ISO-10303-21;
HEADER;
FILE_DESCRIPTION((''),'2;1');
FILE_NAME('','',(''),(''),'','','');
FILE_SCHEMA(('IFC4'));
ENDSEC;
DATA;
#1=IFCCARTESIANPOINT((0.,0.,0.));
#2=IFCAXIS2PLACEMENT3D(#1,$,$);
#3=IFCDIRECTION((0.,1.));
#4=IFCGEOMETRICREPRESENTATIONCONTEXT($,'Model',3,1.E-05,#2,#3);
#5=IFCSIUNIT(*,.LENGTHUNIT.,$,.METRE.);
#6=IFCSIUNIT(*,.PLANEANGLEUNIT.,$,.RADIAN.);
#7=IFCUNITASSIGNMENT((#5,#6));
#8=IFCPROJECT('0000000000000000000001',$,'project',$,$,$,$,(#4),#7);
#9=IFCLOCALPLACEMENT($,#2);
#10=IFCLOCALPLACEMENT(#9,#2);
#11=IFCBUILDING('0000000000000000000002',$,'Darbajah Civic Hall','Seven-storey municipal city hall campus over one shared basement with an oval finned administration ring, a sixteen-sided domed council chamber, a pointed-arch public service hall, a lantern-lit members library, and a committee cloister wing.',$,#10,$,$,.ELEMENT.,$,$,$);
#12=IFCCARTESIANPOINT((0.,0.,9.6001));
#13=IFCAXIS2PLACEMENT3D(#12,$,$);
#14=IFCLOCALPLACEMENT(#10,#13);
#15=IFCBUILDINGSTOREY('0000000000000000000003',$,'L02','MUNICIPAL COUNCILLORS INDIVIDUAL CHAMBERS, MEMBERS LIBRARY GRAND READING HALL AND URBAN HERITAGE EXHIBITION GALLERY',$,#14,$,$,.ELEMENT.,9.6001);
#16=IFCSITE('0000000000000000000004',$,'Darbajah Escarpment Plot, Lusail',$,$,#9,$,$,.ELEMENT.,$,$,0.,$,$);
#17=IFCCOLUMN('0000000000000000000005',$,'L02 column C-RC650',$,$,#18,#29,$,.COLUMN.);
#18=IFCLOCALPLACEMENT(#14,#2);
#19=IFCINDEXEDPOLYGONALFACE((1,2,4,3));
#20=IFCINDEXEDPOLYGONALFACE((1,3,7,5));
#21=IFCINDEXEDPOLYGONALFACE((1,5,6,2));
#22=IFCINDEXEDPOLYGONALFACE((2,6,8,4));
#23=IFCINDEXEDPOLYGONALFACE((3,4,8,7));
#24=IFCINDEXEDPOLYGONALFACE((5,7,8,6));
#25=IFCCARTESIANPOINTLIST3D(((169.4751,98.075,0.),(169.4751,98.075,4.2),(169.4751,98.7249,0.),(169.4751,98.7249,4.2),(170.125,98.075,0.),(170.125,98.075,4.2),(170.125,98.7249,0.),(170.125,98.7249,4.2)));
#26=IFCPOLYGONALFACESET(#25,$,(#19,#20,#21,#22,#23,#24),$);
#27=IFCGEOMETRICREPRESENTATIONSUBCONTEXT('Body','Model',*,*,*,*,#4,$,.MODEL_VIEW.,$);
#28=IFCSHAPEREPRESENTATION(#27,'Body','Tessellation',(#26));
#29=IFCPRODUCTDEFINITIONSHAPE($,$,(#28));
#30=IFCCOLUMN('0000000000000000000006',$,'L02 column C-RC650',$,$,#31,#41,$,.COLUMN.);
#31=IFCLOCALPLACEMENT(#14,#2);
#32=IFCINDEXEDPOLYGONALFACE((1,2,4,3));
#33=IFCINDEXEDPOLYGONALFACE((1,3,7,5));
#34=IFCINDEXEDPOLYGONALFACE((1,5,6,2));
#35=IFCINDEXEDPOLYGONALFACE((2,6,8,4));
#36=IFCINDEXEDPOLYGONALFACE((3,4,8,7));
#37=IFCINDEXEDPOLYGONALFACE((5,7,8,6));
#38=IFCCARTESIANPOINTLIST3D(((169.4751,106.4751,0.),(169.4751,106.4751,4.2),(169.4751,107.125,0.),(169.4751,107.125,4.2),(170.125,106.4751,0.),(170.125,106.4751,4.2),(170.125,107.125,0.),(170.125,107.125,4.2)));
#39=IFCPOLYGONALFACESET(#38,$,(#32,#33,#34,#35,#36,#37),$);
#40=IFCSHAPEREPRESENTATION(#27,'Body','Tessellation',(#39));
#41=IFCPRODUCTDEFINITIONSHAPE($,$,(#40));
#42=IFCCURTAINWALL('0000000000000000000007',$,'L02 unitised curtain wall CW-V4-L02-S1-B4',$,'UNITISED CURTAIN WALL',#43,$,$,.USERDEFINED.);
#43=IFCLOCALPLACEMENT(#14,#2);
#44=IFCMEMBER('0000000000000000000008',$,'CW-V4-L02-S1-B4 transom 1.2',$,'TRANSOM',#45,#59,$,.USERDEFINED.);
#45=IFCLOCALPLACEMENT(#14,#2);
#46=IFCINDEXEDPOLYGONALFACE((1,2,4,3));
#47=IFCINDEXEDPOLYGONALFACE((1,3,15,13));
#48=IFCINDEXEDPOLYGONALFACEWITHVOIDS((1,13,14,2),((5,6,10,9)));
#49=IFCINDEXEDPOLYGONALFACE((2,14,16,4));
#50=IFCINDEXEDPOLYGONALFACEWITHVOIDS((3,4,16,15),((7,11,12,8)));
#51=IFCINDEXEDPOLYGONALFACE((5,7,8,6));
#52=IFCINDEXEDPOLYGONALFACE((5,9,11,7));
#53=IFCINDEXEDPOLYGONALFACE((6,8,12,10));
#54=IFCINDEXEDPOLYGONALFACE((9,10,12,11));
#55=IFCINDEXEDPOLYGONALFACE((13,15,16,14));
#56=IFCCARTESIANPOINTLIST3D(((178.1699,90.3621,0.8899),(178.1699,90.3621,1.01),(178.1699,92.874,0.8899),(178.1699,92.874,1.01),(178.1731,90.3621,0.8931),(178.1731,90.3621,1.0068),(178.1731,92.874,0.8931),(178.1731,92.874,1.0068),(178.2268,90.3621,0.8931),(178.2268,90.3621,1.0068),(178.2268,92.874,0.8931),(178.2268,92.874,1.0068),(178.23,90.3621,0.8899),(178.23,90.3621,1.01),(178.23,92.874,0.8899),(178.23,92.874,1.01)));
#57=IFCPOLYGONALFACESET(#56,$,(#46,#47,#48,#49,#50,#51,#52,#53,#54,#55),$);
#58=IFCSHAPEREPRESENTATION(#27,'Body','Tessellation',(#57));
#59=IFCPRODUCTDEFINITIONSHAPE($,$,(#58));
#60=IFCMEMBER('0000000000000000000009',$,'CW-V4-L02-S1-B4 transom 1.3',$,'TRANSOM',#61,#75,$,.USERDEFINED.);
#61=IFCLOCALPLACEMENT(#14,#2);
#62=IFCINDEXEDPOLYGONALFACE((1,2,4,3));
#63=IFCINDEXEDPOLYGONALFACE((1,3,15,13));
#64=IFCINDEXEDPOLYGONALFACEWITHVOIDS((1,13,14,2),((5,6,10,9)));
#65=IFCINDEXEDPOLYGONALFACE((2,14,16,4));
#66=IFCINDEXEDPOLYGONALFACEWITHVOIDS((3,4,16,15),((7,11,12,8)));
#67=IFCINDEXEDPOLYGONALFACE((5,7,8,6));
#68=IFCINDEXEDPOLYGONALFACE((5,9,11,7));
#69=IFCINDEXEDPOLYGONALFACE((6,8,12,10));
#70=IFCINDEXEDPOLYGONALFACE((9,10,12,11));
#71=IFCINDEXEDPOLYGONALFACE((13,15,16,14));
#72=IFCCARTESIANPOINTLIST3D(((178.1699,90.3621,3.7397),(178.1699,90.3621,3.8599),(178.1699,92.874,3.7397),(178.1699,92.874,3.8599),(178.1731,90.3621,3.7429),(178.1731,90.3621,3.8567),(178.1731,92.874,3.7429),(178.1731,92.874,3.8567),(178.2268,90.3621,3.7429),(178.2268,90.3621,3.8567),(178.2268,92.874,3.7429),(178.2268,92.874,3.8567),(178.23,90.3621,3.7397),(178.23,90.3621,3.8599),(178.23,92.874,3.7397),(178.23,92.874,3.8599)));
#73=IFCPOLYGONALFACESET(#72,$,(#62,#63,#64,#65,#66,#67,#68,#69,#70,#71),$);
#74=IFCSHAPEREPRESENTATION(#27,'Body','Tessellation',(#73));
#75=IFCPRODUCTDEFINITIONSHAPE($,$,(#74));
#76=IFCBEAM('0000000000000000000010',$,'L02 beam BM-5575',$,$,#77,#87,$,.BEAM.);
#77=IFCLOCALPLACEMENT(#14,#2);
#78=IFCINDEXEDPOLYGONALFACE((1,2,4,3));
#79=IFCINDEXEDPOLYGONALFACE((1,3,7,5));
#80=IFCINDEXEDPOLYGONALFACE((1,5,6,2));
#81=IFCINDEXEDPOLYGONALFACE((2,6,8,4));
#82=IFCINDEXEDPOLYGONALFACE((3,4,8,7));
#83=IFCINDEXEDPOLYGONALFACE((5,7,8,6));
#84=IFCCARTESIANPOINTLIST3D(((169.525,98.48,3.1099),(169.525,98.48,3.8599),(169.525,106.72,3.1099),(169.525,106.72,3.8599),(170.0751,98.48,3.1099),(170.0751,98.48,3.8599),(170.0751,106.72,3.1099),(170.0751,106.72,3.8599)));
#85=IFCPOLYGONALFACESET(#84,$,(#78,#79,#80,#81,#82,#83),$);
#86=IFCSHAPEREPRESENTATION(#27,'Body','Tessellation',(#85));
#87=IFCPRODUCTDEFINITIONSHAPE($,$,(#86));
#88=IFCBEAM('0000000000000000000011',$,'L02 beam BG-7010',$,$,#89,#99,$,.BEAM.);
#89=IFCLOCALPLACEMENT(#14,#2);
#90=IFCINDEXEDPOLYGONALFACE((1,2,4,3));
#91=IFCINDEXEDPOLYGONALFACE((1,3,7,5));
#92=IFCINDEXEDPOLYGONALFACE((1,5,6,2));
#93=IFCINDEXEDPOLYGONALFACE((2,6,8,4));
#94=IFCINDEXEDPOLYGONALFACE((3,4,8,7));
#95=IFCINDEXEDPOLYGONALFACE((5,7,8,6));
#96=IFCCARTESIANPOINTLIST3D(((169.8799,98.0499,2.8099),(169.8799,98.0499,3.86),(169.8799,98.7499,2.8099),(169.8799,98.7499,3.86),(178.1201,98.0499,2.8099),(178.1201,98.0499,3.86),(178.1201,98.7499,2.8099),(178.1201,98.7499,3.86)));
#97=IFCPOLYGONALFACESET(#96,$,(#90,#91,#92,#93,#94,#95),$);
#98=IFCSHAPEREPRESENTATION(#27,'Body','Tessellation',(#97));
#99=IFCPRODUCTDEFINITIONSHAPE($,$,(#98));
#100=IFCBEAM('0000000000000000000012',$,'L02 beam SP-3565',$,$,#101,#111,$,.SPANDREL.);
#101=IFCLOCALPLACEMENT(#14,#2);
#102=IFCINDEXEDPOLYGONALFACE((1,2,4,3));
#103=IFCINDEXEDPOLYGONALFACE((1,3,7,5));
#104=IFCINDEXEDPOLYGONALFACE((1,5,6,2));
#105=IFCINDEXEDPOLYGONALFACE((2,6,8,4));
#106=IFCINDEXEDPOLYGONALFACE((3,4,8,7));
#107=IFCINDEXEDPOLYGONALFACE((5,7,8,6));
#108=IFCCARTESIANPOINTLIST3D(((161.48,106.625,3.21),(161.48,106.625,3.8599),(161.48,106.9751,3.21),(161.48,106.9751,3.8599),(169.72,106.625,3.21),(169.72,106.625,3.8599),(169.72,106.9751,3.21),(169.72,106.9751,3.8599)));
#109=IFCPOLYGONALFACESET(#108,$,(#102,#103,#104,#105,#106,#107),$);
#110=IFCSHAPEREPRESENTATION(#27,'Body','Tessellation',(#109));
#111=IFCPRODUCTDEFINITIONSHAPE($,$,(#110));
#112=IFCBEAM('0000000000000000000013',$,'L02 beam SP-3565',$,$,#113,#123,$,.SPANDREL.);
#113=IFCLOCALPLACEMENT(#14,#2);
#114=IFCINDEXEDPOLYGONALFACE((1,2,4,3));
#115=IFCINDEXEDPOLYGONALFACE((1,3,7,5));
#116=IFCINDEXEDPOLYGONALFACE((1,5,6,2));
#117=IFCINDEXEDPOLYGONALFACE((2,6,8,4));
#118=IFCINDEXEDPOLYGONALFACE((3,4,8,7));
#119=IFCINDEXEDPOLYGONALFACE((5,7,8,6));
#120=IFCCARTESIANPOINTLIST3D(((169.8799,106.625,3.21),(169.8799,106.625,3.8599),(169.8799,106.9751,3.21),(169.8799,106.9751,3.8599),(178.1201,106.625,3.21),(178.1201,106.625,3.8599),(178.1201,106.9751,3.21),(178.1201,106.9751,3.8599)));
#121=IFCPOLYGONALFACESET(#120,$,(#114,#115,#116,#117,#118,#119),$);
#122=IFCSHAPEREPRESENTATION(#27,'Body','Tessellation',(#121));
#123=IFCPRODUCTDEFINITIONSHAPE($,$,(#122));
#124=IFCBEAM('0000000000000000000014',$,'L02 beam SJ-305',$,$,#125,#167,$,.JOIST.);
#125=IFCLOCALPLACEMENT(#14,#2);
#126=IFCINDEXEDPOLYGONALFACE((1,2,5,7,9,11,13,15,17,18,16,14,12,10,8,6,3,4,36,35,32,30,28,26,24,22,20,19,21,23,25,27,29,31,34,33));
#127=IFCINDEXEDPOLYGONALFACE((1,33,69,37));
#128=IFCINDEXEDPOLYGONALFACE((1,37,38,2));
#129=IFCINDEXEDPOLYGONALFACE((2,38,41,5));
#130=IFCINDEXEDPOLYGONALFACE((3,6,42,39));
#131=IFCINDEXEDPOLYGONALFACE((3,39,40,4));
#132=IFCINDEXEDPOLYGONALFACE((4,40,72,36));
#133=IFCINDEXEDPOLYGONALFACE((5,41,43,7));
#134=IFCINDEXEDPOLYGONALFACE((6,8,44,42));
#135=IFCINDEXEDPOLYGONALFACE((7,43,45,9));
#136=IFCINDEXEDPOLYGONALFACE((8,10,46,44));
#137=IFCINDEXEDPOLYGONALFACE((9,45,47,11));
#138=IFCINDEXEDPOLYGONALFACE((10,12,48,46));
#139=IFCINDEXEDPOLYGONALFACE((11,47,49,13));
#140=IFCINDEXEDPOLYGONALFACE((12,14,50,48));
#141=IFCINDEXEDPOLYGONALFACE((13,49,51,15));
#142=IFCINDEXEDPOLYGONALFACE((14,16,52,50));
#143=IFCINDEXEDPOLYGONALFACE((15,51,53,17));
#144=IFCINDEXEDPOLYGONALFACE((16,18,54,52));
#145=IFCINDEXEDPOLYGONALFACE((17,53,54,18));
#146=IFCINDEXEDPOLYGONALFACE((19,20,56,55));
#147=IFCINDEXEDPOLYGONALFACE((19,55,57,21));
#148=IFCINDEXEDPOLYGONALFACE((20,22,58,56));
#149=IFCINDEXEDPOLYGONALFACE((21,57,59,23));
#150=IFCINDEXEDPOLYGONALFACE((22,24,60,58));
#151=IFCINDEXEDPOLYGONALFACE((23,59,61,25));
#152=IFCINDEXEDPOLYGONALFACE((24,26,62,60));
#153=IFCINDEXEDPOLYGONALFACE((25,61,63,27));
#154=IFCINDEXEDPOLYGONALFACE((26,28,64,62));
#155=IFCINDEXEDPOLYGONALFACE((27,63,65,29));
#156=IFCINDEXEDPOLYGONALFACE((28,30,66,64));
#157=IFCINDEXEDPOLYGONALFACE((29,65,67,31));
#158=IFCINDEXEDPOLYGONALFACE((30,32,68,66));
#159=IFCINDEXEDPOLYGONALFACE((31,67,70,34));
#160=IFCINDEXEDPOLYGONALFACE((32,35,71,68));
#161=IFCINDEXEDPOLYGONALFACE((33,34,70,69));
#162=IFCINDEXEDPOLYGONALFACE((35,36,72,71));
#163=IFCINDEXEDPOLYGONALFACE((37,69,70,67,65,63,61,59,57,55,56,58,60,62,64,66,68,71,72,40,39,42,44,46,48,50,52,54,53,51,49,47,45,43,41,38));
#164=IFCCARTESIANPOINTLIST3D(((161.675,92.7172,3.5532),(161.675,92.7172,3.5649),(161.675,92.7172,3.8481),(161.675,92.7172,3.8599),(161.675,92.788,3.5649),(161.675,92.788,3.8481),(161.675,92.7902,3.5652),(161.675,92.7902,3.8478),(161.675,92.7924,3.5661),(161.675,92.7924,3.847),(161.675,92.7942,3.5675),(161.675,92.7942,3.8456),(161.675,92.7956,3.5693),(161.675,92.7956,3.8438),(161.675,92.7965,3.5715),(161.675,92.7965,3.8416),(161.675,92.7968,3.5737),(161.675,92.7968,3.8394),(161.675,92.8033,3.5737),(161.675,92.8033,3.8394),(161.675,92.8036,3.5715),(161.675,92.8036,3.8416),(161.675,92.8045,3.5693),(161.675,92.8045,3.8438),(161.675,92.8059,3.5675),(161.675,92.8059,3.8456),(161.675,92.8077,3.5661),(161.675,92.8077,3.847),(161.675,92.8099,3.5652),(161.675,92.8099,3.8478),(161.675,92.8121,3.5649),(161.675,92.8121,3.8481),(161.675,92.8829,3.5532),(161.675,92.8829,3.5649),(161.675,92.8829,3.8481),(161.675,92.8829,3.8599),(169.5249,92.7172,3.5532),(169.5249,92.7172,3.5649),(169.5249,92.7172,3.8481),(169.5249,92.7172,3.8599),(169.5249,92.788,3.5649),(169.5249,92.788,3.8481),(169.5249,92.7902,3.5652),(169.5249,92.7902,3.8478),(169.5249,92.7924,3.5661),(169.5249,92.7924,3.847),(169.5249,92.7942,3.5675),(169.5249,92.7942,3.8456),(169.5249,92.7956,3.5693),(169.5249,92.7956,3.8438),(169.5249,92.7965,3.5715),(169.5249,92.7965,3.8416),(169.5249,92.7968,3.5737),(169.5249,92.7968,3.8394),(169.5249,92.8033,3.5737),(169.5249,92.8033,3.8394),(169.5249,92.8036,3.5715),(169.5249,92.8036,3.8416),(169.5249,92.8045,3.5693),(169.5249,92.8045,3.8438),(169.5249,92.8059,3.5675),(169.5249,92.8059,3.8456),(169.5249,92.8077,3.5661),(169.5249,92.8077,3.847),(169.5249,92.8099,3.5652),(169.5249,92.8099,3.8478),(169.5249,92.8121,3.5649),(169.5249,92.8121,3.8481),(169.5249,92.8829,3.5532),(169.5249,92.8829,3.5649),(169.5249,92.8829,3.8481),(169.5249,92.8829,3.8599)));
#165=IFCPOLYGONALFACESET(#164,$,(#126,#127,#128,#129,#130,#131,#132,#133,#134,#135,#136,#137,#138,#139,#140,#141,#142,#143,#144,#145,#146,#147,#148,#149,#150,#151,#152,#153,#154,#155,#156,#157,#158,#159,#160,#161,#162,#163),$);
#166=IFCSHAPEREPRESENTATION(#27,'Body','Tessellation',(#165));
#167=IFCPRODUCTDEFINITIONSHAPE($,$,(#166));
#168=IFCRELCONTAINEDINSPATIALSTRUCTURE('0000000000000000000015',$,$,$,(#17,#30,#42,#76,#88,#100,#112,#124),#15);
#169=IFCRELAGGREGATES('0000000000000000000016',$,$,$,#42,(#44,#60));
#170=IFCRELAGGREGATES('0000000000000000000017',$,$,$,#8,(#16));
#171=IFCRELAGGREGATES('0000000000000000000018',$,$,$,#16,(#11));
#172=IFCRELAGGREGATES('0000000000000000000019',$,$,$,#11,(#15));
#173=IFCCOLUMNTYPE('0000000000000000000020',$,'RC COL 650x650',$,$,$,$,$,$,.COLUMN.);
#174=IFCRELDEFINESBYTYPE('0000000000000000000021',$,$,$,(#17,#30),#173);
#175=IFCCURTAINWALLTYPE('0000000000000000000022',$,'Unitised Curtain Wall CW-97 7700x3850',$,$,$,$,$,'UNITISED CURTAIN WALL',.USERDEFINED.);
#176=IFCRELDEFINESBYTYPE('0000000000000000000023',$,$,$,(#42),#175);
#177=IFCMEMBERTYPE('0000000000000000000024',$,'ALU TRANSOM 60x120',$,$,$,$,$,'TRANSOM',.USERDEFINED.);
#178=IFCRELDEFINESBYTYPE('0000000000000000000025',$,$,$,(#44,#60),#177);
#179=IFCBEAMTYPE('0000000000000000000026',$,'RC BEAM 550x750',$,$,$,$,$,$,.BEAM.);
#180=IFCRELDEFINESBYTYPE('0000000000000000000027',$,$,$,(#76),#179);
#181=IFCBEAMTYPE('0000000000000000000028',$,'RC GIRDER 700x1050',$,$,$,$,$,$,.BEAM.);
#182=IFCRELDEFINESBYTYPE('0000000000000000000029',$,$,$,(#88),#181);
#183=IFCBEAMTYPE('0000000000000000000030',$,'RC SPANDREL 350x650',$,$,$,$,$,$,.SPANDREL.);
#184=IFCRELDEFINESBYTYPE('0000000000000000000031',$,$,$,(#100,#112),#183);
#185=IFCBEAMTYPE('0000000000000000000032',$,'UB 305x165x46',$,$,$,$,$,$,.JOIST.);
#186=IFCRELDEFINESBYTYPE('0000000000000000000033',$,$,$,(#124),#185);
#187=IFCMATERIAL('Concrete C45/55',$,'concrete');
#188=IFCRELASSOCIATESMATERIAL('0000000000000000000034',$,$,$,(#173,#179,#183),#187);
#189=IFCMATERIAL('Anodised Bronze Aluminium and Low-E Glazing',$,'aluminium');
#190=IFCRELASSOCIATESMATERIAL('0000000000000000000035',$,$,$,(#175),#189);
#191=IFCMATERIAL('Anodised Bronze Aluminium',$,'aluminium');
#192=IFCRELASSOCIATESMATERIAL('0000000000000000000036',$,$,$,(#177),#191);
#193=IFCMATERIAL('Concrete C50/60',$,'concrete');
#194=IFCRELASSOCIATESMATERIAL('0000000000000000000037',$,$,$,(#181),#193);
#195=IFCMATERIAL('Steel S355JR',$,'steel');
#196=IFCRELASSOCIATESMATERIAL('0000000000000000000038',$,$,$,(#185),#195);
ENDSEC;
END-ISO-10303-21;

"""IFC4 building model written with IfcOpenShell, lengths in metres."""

from ifc_helpers import new_model, si_unit, direction, frame, origin, origin_2d, place, context, subcontext, project, spatial, rectangle, hollow_rectangle, i_section, extrude, material, material_profile, profile_set, type_object, element, aggregate, save


model = new_model("IFC4")

# Units and contexts
model_context = context("Model", 3, precision=1e-05, world=origin(), true_north=direction((0.0, 1.0)))
body_context = subcontext(model_context, "Body", "Model", "MODEL_VIEW")
ifc_project = project(units=[si_unit("LENGTHUNIT", "METRE"), si_unit("PLANEANGLEUNIT", "RADIAN")], contexts=[model_context])

# Site, building, storey
site_placement = place(None, origin())
site = spatial("IfcSite", under=ifc_project, at=site_placement, Name="Darbajah Escarpment Plot, Lusail", CompositionType="ELEMENT", RefElevation=0.0)
building_placement = place(site_placement, origin())
building = spatial("IfcBuilding", under=site, at=building_placement, Name="Darbajah Civic Hall", Description="Seven-storey municipal city hall campus over one shared basement with an oval finned administration ring, a sixteen-sided domed council chamber, a pointed-arch public service hall, a lantern-lit members library, and a committee cloister wing.", CompositionType="ELEMENT")
storey_placement = place(building_placement, frame((0.0, 0.0, 9.6001)))
storey = spatial("IfcBuildingStorey", under=building, at=storey_placement, Name="L02", Description="MUNICIPAL COUNCILLORS INDIVIDUAL CHAMBERS, MEMBERS LIBRARY GRAND READING HALL AND URBAN HERITAGE EXHIBITION GALLERY", CompositionType="ELEMENT", Elevation=9.6001)

# Columns
ifc_material_1 = material(Name="Concrete C45/55", Category="concrete")
ifc_material_profile_1 = material_profile(ifc_material_1, rectangle(XDim=0.6499, YDim=0.6499, at=origin_2d()), Name="RC COL 650x650")
ifc_profile_set_1 = profile_set([ifc_material_profile_1], Name="Concrete C45/55")
column_type = type_object("IfcColumnType", Name="RC COL 650x650", PredefinedType="COLUMN", material=ifc_profile_set_1)
for number, where, z_axis, x_axis, name in (
    (1, (169.8, 98.3999, 0.0), (0.0, 0.0, 1.0), (1.0, 0.0, 0.0), "L02 column C-RC650"),
    (2, (169.8, 106.8, 0.0), (0.0, 0.0, 1.0), (1.0, 0.0, 0.0), "L02 column C-RC650"),
):
    element("IfcColumn", number, at=place(storey_placement, frame(where, z_axis=z_axis, x_axis=x_axis)), inside=storey, type_object=column_type, Name=name, PredefinedType="COLUMN", context=body_context, shape_type="SweptSolid", body=[
        extrude(rectangle(XDim=0.6499, YDim=0.6499, at=origin_2d()), origin(), (0.0, 0.0, 1.0), 4.2),
    ])

# Curtain wall, members
ifc_material_2 = material(Name="Anodised Bronze Aluminium and Low-E Glazing", Category="aluminium")
curtain_wall_type = type_object("IfcCurtainWallType", Name="Unitised Curtain Wall CW-97 7700x3850", ElementType="UNITISED CURTAIN WALL", PredefinedType="USERDEFINED", material=ifc_material_2)
curtain_wall_placement = place(storey_placement, origin())
curtain_wall = element("IfcCurtainWall", 3, at=curtain_wall_placement, inside=storey, type_object=curtain_wall_type, Name="L02 unitised curtain wall CW-V4-L02-S1-B4", ObjectType="UNITISED CURTAIN WALL", PredefinedType="USERDEFINED")
ifc_material_3 = material(Name="Anodised Bronze Aluminium", Category="aluminium")
ifc_material_profile_2 = material_profile(ifc_material_3, hollow_rectangle(XDim=0.0601, YDim=0.1201, WallThickness=0.0032, at=origin_2d()), Name="ALU TRANSOM 60x120")
ifc_profile_set_2 = profile_set([ifc_material_profile_2], Name="Anodised Bronze Aluminium")
member_type = type_object("IfcMemberType", Name="ALU TRANSOM 60x120", ElementType="TRANSOM", PredefinedType="USERDEFINED", material=ifc_profile_set_2)
member_1_placement = place(storey_placement, frame((178.2, 90.3621, 0.95), z_axis=(0.0, 1.0, 0.0), x_axis=(-1.0, 0.0, 0.0)))
member_1 = element("IfcMember", 4, at=member_1_placement, type_object=member_type, Name="CW-V4-L02-S1-B4 transom 1.2", ObjectType="TRANSOM", PredefinedType="USERDEFINED", context=body_context, shape_type="SweptSolid", body=[
    extrude(hollow_rectangle(XDim=0.0601, YDim=0.1201, WallThickness=0.0032, at=origin_2d()), origin(), (0.0, 0.0, 1.0), 2.512),
])
member_2_placement = place(storey_placement, frame((178.2, 90.3621, 3.7998), z_axis=(0.0, 1.0, 0.0), x_axis=(-1.0, 0.0, 0.0)))
member_2 = element("IfcMember", 5, at=member_2_placement, type_object=member_type, Name="CW-V4-L02-S1-B4 transom 1.3", ObjectType="TRANSOM", PredefinedType="USERDEFINED", context=body_context, shape_type="SweptSolid", body=[
    extrude(hollow_rectangle(XDim=0.0601, YDim=0.1201, WallThickness=0.0032, at=origin_2d()), origin(), (0.0, 0.0, 1.0), 2.512),
])
aggregate(curtain_wall, [member_1, member_2])

# Beams
ifc_material_profile_3 = material_profile(ifc_material_1, rectangle(XDim=0.55, YDim=0.75, at=origin_2d()), Name="RC BEAM 550x750")
ifc_profile_set_3 = profile_set([ifc_material_profile_3], Name="Concrete C45/55")
beam_type_1 = type_object("IfcBeamType", Name="RC BEAM 550x750", PredefinedType="BEAM", material=ifc_profile_set_3)
beam_1_placement = place(storey_placement, frame((169.8, 98.48, 3.4849), z_axis=(0.0, 1.0, 0.0), x_axis=(-1.0, 0.0, 0.0)))
element("IfcBeam", 6, at=beam_1_placement, inside=storey, type_object=beam_type_1, Name="L02 beam BM-5575", PredefinedType="BEAM", context=body_context, shape_type="SweptSolid", body=[
    extrude(rectangle(XDim=0.55, YDim=0.75, at=origin_2d()), origin(), (0.0, 0.0, 1.0), 8.24),
])
ifc_material_4 = material(Name="Concrete C50/60", Category="concrete")
ifc_material_profile_4 = material_profile(ifc_material_4, rectangle(XDim=0.7, YDim=1.05, at=origin_2d()), Name="RC GIRDER 700x1050")
ifc_profile_set_4 = profile_set([ifc_material_profile_4], Name="Concrete C50/60")
beam_type_2 = type_object("IfcBeamType", Name="RC GIRDER 700x1050", PredefinedType="BEAM", material=ifc_profile_set_4)
beam_2_placement = place(storey_placement, frame((169.8799, 98.3999, 3.335), z_axis=(1.0, 0.0, 0.0), x_axis=(0.0, 1.0, 0.0)))
element("IfcBeam", 7, at=beam_2_placement, inside=storey, type_object=beam_type_2, Name="L02 beam BG-7010", PredefinedType="BEAM", context=body_context, shape_type="SweptSolid", body=[
    extrude(rectangle(XDim=0.7, YDim=1.05, at=origin_2d()), origin(), (0.0, 0.0, 1.0), 8.2402),
])
ifc_material_profile_5 = material_profile(ifc_material_1, rectangle(XDim=0.3501, YDim=0.6499, at=origin_2d()), Name="RC SPANDREL 350x650")
ifc_profile_set_5 = profile_set([ifc_material_profile_5], Name="Concrete C45/55")
beam_type_3 = type_object("IfcBeamType", Name="RC SPANDREL 350x650", PredefinedType="SPANDREL", material=ifc_profile_set_5)
beam_3_placement = place(storey_placement, frame((161.48, 106.8, 3.5349), z_axis=(1.0, 0.0, 0.0), x_axis=(0.0, 1.0, 0.0)))
element("IfcBeam", 8, at=beam_3_placement, inside=storey, type_object=beam_type_3, Name="L02 beam SP-3565", PredefinedType="SPANDREL", context=body_context, shape_type="SweptSolid", body=[
    extrude(rectangle(XDim=0.3501, YDim=0.6499, at=origin_2d()), origin(), (0.0, 0.0, 1.0), 8.24),
])
beam_4_placement = place(storey_placement, frame((169.8799, 106.8, 3.5349), z_axis=(1.0, 0.0, 0.0), x_axis=(0.0, 1.0, 0.0)))
element("IfcBeam", 9, at=beam_4_placement, inside=storey, type_object=beam_type_3, Name="L02 beam SP-3565", PredefinedType="SPANDREL", context=body_context, shape_type="SweptSolid", body=[
    extrude(rectangle(XDim=0.3501, YDim=0.6499, at=origin_2d()), origin(), (0.0, 0.0, 1.0), 8.2402),
])
ifc_material_5 = material(Name="Steel S355JR", Category="steel")
ifc_material_profile_6 = material_profile(ifc_material_5, i_section(OverallWidth=0.1658, OverallDepth=0.3066, WebThickness=0.0066, FlangeThickness=0.0117, FilletRadius=0.0088, at=origin_2d()), Name="UB 305x165x46")
ifc_profile_set_6 = profile_set([ifc_material_profile_6], Name="Steel S355JR")
beam_type_4 = type_object("IfcBeamType", Name="UB 305x165x46", PredefinedType="JOIST", material=ifc_profile_set_6)
for number, where, z_axis, x_axis, name in (
    (10, (161.675, 92.8, 3.7065), (1.0, 0.0, 0.0), (0.0, 1.0, 0.0), "L02 beam SJ-305"),
):
    element("IfcBeam", number, at=place(storey_placement, frame(where, z_axis=z_axis, x_axis=x_axis)), inside=storey, type_object=beam_type_4, Name=name, PredefinedType="JOIST", context=body_context, shape_type="SweptSolid", body=[
        extrude(i_section(OverallWidth=0.1658, OverallDepth=0.3066, WebThickness=0.0066, FlangeThickness=0.0117, FilletRadius=0.0088, at=origin_2d()), origin(), (0.0, 0.0, 1.0), 7.8499),
    ])

save(model, "model.ifc")
